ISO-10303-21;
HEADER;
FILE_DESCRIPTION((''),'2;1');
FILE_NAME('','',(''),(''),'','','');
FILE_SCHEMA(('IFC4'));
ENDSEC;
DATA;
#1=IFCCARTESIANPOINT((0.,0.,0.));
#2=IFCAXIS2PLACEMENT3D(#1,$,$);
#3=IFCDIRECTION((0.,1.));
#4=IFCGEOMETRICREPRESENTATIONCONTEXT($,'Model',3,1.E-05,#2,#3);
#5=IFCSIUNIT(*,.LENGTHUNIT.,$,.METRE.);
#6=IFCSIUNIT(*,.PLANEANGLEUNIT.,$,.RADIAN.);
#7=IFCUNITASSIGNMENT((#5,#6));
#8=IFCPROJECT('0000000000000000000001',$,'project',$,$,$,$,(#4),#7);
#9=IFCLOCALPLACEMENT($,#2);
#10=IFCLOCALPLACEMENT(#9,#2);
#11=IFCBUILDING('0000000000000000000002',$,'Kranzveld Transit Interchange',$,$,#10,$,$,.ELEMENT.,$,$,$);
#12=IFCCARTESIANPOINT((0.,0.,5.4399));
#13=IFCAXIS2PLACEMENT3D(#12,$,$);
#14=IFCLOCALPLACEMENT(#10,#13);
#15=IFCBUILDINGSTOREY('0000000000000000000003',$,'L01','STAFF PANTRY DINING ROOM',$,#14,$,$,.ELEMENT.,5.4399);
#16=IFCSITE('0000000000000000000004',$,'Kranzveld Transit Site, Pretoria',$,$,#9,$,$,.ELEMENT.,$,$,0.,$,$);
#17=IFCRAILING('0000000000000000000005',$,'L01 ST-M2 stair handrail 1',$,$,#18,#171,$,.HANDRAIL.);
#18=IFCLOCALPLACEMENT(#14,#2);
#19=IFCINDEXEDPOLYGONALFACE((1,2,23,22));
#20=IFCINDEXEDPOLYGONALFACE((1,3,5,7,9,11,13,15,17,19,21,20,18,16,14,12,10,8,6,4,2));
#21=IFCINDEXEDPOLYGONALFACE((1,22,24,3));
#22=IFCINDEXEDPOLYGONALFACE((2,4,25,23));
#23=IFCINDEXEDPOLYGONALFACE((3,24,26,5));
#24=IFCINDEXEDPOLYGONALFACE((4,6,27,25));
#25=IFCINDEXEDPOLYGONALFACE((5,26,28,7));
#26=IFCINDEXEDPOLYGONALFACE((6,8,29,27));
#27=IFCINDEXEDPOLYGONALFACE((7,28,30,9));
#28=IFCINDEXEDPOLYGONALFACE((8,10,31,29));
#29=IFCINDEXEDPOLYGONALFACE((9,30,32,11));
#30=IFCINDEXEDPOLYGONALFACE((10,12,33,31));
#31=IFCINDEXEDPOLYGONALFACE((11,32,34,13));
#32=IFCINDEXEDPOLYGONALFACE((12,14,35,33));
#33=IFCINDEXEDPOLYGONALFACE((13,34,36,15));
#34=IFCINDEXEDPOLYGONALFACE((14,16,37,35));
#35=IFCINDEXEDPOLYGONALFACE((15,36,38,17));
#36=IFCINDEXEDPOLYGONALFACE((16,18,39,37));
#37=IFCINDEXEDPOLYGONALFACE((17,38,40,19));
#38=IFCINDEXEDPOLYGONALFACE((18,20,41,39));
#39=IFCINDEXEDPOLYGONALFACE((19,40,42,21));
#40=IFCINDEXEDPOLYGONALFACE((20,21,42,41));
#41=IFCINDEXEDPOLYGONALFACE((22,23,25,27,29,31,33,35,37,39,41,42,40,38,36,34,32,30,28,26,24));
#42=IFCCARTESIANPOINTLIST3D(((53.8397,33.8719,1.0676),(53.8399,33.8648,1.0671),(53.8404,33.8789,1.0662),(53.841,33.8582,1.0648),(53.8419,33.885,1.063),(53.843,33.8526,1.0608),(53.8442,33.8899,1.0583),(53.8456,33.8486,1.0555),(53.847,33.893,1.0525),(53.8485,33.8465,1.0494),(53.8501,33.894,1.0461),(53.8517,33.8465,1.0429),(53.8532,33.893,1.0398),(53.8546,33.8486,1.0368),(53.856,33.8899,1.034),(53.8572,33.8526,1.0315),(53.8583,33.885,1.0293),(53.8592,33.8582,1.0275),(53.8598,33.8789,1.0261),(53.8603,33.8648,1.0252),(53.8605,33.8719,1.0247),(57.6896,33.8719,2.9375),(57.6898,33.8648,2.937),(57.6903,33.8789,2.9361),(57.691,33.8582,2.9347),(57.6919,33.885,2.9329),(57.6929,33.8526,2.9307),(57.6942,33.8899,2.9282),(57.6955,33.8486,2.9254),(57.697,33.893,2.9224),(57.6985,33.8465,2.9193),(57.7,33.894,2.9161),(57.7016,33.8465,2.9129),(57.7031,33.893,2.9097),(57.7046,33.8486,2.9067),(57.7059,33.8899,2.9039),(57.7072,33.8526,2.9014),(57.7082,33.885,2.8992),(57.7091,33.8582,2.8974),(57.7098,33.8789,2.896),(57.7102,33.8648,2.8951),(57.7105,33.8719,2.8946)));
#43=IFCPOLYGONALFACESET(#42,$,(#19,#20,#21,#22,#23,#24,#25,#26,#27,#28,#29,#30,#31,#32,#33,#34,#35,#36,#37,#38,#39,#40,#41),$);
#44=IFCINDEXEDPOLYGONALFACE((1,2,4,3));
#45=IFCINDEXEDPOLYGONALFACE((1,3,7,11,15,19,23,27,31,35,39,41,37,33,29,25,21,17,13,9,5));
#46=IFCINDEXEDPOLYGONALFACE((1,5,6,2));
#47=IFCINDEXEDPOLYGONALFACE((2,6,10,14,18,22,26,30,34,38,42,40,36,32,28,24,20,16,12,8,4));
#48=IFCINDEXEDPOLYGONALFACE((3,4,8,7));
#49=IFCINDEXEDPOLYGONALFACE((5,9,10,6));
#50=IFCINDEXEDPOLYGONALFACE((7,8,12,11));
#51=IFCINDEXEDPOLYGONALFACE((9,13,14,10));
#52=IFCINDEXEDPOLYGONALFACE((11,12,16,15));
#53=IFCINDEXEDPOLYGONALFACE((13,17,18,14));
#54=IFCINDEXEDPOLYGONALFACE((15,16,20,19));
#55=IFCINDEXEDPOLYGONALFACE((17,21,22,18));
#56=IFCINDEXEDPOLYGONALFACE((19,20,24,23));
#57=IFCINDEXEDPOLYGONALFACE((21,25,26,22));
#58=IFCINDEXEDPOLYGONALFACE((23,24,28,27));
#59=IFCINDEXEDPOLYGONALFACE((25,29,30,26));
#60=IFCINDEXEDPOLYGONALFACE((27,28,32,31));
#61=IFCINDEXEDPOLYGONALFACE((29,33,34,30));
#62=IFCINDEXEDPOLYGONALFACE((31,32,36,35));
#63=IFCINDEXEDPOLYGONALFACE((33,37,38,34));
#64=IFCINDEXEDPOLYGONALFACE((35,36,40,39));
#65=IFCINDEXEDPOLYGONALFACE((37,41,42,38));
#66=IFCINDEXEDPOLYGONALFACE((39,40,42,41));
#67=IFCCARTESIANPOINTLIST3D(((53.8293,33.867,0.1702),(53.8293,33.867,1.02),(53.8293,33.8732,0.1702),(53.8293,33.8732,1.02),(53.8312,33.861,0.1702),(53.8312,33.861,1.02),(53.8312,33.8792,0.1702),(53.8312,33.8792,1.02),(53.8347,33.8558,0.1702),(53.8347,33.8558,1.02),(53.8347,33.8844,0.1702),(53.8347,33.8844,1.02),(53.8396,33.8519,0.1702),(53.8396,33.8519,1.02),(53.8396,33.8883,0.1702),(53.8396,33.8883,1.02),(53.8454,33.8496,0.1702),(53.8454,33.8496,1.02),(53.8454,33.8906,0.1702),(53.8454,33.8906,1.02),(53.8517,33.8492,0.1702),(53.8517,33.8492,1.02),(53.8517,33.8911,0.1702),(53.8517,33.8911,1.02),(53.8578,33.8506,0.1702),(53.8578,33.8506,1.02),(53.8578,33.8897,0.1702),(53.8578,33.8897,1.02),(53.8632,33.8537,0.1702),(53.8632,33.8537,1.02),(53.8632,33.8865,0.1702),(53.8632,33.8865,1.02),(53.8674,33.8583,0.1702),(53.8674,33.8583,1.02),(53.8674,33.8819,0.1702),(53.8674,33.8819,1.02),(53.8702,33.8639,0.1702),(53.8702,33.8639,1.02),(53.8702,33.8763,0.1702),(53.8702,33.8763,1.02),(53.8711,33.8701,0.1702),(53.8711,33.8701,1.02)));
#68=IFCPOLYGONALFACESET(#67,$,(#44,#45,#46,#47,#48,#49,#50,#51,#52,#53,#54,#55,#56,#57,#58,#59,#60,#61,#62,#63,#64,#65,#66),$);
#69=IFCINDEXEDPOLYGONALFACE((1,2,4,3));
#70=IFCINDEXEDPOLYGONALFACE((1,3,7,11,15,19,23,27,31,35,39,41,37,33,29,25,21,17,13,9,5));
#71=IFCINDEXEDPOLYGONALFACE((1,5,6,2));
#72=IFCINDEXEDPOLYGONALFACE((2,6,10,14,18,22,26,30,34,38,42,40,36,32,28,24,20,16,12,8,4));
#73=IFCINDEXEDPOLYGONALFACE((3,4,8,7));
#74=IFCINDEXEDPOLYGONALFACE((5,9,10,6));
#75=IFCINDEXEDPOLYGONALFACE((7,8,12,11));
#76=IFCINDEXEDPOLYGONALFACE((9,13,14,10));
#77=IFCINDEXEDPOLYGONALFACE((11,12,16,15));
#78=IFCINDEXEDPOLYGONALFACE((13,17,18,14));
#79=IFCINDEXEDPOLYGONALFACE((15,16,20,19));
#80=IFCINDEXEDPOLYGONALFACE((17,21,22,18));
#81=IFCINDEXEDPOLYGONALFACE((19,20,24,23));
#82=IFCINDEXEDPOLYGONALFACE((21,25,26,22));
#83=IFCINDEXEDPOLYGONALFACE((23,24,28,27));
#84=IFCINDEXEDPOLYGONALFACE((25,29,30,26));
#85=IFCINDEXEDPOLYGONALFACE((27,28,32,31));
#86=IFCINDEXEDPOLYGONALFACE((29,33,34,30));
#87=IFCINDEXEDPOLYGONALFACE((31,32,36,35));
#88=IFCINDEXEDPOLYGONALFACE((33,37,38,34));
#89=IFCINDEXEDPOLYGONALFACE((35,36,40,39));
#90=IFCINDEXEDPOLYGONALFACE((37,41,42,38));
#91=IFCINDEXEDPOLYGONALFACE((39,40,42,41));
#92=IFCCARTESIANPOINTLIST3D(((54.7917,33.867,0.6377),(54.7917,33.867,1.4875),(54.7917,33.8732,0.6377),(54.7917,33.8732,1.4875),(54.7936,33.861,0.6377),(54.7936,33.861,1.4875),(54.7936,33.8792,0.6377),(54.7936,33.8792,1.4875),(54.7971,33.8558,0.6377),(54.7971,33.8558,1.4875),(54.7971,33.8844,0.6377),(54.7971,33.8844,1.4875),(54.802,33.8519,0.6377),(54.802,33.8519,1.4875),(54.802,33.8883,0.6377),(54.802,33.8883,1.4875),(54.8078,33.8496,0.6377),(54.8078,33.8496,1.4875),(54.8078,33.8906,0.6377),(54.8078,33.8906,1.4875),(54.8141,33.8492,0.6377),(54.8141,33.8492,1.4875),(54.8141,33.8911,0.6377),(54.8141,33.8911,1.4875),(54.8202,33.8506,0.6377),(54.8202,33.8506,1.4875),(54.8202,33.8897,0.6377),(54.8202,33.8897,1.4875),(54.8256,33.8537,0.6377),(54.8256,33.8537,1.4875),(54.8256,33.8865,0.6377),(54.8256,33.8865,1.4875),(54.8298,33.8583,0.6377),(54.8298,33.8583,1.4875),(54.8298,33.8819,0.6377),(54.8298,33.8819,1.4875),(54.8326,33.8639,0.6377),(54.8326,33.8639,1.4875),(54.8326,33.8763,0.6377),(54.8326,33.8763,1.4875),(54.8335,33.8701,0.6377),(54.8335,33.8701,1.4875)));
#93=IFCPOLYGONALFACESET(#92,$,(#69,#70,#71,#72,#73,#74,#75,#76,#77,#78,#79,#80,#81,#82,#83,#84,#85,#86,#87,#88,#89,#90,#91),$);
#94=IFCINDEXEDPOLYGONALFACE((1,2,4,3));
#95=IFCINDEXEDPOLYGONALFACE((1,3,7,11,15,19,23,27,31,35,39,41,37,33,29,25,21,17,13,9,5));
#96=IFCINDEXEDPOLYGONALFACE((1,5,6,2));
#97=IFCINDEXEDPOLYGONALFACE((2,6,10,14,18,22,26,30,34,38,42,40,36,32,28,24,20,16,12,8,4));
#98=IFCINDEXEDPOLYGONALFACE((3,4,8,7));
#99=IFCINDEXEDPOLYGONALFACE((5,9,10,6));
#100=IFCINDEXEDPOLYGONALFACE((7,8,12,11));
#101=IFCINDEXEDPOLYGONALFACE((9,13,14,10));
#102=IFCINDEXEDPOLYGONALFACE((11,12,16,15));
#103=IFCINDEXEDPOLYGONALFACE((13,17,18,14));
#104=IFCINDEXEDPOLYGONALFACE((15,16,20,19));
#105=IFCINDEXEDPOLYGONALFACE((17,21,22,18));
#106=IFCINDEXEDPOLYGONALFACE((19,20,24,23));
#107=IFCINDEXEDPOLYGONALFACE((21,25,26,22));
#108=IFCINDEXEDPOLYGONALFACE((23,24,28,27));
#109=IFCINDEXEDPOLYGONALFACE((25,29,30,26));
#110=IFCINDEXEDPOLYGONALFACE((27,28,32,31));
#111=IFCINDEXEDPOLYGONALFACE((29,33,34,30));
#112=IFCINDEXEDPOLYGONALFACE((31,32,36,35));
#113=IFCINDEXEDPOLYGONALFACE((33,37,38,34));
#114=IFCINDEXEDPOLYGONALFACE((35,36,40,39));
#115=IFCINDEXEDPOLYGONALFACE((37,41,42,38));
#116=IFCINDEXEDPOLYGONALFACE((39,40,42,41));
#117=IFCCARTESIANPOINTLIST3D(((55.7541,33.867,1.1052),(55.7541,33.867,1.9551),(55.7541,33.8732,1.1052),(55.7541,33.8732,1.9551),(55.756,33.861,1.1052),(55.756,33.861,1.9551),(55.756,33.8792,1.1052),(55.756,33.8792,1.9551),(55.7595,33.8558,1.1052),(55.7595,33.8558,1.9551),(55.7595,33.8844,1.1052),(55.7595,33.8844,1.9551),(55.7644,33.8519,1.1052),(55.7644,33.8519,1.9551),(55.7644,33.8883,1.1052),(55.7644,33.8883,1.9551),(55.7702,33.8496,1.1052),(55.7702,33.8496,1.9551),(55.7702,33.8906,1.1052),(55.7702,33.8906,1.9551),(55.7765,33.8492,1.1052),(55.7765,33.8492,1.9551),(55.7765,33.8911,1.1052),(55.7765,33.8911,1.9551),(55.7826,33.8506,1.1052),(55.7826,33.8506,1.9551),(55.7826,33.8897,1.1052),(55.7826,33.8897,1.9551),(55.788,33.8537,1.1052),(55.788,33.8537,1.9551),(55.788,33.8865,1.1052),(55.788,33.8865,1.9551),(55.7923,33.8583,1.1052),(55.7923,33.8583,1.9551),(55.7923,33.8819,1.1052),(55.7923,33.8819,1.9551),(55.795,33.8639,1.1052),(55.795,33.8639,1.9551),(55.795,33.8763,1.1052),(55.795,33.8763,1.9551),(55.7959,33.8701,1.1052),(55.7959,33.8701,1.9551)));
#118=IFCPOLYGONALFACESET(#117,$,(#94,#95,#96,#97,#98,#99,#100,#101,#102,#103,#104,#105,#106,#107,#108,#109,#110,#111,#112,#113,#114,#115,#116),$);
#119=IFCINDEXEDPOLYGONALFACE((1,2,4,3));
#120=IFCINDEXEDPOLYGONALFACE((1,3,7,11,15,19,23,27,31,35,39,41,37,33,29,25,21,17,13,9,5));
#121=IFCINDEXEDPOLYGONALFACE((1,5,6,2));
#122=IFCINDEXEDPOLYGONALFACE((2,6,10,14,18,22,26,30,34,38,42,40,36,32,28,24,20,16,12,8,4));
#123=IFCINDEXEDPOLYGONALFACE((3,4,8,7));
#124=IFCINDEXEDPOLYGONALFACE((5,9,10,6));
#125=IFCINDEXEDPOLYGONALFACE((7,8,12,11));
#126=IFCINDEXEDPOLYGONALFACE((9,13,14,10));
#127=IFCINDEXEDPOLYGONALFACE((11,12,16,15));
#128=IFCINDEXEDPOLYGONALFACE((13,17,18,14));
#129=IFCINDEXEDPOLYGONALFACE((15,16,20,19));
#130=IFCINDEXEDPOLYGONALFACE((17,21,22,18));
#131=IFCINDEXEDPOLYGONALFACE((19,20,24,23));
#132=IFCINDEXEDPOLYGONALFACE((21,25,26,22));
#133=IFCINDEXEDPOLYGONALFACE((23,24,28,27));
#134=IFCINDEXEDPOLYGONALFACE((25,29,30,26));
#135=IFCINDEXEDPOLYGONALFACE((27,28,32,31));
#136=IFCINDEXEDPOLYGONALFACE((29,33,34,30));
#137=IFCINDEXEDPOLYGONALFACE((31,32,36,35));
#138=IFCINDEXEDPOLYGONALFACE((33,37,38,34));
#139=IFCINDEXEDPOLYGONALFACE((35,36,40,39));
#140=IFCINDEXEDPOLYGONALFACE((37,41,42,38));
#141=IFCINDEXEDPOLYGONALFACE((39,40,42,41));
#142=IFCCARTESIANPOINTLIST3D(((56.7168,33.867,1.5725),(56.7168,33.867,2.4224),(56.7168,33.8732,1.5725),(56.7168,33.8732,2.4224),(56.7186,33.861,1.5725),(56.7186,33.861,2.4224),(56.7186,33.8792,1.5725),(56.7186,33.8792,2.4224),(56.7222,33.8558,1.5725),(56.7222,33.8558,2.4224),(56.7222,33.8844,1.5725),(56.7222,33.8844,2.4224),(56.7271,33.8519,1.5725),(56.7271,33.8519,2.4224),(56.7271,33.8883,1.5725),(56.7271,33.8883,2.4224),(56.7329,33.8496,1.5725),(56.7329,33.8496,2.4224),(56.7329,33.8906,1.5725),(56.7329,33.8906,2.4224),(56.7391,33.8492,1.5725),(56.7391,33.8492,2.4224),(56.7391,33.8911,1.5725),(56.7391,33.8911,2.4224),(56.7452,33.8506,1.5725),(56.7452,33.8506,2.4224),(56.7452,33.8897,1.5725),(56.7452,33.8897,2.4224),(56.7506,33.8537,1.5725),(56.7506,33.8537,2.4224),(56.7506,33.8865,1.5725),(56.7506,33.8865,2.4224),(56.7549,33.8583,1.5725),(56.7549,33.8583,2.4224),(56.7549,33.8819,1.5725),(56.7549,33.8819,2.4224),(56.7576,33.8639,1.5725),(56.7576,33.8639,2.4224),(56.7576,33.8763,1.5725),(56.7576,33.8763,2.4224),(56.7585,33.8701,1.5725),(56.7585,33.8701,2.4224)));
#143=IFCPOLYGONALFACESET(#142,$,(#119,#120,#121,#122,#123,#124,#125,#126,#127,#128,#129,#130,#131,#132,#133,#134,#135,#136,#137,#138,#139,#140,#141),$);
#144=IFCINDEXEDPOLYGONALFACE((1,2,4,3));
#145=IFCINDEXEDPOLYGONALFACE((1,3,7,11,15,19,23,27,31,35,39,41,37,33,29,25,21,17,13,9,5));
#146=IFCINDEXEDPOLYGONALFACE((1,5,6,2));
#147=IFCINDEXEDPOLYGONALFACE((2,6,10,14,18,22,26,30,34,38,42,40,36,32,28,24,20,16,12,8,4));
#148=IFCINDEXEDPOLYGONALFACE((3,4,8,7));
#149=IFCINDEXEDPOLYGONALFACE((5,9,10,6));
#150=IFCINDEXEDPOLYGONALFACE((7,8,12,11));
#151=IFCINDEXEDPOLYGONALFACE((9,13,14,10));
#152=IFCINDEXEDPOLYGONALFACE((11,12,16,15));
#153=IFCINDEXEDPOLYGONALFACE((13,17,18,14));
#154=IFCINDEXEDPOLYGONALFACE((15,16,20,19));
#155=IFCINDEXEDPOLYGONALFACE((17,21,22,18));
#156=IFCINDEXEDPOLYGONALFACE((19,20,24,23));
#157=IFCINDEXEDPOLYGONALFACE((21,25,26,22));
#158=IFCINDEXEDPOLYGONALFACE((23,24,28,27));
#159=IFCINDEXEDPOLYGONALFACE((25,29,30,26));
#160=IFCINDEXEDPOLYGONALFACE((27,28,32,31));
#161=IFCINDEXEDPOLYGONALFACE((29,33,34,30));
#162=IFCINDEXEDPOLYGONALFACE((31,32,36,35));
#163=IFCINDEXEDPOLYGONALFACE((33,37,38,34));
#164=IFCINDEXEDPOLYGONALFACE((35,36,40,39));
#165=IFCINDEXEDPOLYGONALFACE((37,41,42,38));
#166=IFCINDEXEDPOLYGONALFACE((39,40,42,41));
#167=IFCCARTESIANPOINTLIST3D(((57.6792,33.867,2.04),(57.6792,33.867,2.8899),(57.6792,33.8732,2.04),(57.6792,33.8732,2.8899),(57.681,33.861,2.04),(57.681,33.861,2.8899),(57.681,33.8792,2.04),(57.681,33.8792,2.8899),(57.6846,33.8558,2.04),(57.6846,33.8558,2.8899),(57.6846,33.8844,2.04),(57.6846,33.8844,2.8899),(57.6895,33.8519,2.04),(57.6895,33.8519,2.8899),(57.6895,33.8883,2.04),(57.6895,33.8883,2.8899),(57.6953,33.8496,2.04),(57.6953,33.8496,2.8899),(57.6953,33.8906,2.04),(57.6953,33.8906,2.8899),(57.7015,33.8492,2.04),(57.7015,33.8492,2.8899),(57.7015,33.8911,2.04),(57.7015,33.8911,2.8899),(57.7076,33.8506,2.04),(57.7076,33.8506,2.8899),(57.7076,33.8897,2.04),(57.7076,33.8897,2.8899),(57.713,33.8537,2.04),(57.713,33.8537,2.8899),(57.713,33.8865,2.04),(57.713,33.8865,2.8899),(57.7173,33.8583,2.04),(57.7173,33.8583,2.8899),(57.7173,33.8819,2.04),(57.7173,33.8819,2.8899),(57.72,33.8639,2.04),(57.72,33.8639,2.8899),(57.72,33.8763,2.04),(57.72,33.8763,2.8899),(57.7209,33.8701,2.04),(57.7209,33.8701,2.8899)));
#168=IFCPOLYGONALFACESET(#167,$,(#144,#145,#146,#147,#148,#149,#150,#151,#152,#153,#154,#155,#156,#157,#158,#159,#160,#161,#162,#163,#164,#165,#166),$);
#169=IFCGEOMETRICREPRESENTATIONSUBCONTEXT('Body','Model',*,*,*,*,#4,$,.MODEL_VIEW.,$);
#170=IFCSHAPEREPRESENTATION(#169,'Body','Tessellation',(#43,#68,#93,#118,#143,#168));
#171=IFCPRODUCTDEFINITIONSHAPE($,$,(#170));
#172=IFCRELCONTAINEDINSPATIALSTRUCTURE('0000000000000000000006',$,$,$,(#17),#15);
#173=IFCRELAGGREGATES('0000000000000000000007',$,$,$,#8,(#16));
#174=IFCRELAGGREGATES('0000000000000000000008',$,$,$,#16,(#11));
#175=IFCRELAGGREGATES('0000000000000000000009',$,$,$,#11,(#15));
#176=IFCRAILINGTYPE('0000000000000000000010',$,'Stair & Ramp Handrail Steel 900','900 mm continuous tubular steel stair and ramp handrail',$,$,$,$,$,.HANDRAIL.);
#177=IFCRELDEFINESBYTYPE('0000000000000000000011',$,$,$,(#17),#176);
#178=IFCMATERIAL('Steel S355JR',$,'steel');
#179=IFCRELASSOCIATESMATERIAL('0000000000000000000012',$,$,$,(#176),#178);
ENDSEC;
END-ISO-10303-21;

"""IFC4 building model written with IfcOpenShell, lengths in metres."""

from ifc_helpers import new_model, si_unit, direction, frame, origin, origin_2d, place, context, subcontext, project, spatial, circle, extrude, material, type_object, element, save


model = new_model("IFC4")

# Units and contexts
model_context = context("Model", 3, precision=1e-05, world=origin(), true_north=direction((0.0, 1.0)))
body_context = subcontext(model_context, "Body", "Model", "MODEL_VIEW")
ifc_project = project(units=[si_unit("LENGTHUNIT", "METRE"), si_unit("PLANEANGLEUNIT", "RADIAN")], contexts=[model_context])

# Site, building, storey
site_placement = place(None, origin())
site = spatial("IfcSite", under=ifc_project, at=site_placement, Name="Kranzveld Transit Site, Pretoria", CompositionType="ELEMENT", RefElevation=0.0)
building_placement = place(site_placement, origin())
building = spatial("IfcBuilding", under=site, at=building_placement, Name="Kranzveld Transit Interchange", CompositionType="ELEMENT")
storey_placement = place(building_placement, frame((0.0, 0.0, 5.4399)))
storey = spatial("IfcBuildingStorey", under=building, at=storey_placement, Name="L01", Description="STAFF PANTRY DINING ROOM", CompositionType="ELEMENT", Elevation=5.4399)

# Railing
ifc_material_1 = material(Name="Steel S355JR", Category="steel")
railing_type_1 = type_object("IfcRailingType", Name="Stair & Ramp Handrail Steel 900", Description="900 mm continuous tubular steel stair and ramp handrail", PredefinedType="HANDRAIL", material=ifc_material_1)
railing_1_placement = place(storey_placement, frame((53.8501, 33.8701, 0.1702)))
element("IfcRailing", 1, at=railing_1_placement, inside=storey, type_object=railing_type_1, Name="L01 ST-M2 stair handrail 1", PredefinedType="HANDRAIL", context=body_context, shape_type="SweptSolid", body=[
    extrude(circle(Radius=0.0239, at=origin_2d()), frame((0.0, 0.0, 0.876), z_axis=(0.899513, 0.0, 0.436893), x_axis=(0.0, 1.0, 0.0)), (0.0, 0.0, 1.0), 4.28),
    extrude(circle(Radius=0.021, at=origin_2d()), origin(), (0.0, 0.0, 1.0), 0.8499),
    extrude(circle(Radius=0.021, at=origin_2d()), frame((0.9624, 0.0, 0.4675)), (0.0, 0.0, 1.0), 0.8499),
    extrude(circle(Radius=0.021, at=origin_2d()), frame((1.9248, 0.0, 0.9351)), (0.0, 0.0, 1.0), 0.8499),
    extrude(circle(Radius=0.021, at=origin_2d()), frame((2.8875, 0.0, 1.4023)), (0.0, 0.0, 1.0), 0.8499),
    extrude(circle(Radius=0.021, at=origin_2d()), frame((3.8499, 0.0, 1.8699)), (0.0, 0.0, 1.0), 0.8499),
])

save(model, "model.ifc")
